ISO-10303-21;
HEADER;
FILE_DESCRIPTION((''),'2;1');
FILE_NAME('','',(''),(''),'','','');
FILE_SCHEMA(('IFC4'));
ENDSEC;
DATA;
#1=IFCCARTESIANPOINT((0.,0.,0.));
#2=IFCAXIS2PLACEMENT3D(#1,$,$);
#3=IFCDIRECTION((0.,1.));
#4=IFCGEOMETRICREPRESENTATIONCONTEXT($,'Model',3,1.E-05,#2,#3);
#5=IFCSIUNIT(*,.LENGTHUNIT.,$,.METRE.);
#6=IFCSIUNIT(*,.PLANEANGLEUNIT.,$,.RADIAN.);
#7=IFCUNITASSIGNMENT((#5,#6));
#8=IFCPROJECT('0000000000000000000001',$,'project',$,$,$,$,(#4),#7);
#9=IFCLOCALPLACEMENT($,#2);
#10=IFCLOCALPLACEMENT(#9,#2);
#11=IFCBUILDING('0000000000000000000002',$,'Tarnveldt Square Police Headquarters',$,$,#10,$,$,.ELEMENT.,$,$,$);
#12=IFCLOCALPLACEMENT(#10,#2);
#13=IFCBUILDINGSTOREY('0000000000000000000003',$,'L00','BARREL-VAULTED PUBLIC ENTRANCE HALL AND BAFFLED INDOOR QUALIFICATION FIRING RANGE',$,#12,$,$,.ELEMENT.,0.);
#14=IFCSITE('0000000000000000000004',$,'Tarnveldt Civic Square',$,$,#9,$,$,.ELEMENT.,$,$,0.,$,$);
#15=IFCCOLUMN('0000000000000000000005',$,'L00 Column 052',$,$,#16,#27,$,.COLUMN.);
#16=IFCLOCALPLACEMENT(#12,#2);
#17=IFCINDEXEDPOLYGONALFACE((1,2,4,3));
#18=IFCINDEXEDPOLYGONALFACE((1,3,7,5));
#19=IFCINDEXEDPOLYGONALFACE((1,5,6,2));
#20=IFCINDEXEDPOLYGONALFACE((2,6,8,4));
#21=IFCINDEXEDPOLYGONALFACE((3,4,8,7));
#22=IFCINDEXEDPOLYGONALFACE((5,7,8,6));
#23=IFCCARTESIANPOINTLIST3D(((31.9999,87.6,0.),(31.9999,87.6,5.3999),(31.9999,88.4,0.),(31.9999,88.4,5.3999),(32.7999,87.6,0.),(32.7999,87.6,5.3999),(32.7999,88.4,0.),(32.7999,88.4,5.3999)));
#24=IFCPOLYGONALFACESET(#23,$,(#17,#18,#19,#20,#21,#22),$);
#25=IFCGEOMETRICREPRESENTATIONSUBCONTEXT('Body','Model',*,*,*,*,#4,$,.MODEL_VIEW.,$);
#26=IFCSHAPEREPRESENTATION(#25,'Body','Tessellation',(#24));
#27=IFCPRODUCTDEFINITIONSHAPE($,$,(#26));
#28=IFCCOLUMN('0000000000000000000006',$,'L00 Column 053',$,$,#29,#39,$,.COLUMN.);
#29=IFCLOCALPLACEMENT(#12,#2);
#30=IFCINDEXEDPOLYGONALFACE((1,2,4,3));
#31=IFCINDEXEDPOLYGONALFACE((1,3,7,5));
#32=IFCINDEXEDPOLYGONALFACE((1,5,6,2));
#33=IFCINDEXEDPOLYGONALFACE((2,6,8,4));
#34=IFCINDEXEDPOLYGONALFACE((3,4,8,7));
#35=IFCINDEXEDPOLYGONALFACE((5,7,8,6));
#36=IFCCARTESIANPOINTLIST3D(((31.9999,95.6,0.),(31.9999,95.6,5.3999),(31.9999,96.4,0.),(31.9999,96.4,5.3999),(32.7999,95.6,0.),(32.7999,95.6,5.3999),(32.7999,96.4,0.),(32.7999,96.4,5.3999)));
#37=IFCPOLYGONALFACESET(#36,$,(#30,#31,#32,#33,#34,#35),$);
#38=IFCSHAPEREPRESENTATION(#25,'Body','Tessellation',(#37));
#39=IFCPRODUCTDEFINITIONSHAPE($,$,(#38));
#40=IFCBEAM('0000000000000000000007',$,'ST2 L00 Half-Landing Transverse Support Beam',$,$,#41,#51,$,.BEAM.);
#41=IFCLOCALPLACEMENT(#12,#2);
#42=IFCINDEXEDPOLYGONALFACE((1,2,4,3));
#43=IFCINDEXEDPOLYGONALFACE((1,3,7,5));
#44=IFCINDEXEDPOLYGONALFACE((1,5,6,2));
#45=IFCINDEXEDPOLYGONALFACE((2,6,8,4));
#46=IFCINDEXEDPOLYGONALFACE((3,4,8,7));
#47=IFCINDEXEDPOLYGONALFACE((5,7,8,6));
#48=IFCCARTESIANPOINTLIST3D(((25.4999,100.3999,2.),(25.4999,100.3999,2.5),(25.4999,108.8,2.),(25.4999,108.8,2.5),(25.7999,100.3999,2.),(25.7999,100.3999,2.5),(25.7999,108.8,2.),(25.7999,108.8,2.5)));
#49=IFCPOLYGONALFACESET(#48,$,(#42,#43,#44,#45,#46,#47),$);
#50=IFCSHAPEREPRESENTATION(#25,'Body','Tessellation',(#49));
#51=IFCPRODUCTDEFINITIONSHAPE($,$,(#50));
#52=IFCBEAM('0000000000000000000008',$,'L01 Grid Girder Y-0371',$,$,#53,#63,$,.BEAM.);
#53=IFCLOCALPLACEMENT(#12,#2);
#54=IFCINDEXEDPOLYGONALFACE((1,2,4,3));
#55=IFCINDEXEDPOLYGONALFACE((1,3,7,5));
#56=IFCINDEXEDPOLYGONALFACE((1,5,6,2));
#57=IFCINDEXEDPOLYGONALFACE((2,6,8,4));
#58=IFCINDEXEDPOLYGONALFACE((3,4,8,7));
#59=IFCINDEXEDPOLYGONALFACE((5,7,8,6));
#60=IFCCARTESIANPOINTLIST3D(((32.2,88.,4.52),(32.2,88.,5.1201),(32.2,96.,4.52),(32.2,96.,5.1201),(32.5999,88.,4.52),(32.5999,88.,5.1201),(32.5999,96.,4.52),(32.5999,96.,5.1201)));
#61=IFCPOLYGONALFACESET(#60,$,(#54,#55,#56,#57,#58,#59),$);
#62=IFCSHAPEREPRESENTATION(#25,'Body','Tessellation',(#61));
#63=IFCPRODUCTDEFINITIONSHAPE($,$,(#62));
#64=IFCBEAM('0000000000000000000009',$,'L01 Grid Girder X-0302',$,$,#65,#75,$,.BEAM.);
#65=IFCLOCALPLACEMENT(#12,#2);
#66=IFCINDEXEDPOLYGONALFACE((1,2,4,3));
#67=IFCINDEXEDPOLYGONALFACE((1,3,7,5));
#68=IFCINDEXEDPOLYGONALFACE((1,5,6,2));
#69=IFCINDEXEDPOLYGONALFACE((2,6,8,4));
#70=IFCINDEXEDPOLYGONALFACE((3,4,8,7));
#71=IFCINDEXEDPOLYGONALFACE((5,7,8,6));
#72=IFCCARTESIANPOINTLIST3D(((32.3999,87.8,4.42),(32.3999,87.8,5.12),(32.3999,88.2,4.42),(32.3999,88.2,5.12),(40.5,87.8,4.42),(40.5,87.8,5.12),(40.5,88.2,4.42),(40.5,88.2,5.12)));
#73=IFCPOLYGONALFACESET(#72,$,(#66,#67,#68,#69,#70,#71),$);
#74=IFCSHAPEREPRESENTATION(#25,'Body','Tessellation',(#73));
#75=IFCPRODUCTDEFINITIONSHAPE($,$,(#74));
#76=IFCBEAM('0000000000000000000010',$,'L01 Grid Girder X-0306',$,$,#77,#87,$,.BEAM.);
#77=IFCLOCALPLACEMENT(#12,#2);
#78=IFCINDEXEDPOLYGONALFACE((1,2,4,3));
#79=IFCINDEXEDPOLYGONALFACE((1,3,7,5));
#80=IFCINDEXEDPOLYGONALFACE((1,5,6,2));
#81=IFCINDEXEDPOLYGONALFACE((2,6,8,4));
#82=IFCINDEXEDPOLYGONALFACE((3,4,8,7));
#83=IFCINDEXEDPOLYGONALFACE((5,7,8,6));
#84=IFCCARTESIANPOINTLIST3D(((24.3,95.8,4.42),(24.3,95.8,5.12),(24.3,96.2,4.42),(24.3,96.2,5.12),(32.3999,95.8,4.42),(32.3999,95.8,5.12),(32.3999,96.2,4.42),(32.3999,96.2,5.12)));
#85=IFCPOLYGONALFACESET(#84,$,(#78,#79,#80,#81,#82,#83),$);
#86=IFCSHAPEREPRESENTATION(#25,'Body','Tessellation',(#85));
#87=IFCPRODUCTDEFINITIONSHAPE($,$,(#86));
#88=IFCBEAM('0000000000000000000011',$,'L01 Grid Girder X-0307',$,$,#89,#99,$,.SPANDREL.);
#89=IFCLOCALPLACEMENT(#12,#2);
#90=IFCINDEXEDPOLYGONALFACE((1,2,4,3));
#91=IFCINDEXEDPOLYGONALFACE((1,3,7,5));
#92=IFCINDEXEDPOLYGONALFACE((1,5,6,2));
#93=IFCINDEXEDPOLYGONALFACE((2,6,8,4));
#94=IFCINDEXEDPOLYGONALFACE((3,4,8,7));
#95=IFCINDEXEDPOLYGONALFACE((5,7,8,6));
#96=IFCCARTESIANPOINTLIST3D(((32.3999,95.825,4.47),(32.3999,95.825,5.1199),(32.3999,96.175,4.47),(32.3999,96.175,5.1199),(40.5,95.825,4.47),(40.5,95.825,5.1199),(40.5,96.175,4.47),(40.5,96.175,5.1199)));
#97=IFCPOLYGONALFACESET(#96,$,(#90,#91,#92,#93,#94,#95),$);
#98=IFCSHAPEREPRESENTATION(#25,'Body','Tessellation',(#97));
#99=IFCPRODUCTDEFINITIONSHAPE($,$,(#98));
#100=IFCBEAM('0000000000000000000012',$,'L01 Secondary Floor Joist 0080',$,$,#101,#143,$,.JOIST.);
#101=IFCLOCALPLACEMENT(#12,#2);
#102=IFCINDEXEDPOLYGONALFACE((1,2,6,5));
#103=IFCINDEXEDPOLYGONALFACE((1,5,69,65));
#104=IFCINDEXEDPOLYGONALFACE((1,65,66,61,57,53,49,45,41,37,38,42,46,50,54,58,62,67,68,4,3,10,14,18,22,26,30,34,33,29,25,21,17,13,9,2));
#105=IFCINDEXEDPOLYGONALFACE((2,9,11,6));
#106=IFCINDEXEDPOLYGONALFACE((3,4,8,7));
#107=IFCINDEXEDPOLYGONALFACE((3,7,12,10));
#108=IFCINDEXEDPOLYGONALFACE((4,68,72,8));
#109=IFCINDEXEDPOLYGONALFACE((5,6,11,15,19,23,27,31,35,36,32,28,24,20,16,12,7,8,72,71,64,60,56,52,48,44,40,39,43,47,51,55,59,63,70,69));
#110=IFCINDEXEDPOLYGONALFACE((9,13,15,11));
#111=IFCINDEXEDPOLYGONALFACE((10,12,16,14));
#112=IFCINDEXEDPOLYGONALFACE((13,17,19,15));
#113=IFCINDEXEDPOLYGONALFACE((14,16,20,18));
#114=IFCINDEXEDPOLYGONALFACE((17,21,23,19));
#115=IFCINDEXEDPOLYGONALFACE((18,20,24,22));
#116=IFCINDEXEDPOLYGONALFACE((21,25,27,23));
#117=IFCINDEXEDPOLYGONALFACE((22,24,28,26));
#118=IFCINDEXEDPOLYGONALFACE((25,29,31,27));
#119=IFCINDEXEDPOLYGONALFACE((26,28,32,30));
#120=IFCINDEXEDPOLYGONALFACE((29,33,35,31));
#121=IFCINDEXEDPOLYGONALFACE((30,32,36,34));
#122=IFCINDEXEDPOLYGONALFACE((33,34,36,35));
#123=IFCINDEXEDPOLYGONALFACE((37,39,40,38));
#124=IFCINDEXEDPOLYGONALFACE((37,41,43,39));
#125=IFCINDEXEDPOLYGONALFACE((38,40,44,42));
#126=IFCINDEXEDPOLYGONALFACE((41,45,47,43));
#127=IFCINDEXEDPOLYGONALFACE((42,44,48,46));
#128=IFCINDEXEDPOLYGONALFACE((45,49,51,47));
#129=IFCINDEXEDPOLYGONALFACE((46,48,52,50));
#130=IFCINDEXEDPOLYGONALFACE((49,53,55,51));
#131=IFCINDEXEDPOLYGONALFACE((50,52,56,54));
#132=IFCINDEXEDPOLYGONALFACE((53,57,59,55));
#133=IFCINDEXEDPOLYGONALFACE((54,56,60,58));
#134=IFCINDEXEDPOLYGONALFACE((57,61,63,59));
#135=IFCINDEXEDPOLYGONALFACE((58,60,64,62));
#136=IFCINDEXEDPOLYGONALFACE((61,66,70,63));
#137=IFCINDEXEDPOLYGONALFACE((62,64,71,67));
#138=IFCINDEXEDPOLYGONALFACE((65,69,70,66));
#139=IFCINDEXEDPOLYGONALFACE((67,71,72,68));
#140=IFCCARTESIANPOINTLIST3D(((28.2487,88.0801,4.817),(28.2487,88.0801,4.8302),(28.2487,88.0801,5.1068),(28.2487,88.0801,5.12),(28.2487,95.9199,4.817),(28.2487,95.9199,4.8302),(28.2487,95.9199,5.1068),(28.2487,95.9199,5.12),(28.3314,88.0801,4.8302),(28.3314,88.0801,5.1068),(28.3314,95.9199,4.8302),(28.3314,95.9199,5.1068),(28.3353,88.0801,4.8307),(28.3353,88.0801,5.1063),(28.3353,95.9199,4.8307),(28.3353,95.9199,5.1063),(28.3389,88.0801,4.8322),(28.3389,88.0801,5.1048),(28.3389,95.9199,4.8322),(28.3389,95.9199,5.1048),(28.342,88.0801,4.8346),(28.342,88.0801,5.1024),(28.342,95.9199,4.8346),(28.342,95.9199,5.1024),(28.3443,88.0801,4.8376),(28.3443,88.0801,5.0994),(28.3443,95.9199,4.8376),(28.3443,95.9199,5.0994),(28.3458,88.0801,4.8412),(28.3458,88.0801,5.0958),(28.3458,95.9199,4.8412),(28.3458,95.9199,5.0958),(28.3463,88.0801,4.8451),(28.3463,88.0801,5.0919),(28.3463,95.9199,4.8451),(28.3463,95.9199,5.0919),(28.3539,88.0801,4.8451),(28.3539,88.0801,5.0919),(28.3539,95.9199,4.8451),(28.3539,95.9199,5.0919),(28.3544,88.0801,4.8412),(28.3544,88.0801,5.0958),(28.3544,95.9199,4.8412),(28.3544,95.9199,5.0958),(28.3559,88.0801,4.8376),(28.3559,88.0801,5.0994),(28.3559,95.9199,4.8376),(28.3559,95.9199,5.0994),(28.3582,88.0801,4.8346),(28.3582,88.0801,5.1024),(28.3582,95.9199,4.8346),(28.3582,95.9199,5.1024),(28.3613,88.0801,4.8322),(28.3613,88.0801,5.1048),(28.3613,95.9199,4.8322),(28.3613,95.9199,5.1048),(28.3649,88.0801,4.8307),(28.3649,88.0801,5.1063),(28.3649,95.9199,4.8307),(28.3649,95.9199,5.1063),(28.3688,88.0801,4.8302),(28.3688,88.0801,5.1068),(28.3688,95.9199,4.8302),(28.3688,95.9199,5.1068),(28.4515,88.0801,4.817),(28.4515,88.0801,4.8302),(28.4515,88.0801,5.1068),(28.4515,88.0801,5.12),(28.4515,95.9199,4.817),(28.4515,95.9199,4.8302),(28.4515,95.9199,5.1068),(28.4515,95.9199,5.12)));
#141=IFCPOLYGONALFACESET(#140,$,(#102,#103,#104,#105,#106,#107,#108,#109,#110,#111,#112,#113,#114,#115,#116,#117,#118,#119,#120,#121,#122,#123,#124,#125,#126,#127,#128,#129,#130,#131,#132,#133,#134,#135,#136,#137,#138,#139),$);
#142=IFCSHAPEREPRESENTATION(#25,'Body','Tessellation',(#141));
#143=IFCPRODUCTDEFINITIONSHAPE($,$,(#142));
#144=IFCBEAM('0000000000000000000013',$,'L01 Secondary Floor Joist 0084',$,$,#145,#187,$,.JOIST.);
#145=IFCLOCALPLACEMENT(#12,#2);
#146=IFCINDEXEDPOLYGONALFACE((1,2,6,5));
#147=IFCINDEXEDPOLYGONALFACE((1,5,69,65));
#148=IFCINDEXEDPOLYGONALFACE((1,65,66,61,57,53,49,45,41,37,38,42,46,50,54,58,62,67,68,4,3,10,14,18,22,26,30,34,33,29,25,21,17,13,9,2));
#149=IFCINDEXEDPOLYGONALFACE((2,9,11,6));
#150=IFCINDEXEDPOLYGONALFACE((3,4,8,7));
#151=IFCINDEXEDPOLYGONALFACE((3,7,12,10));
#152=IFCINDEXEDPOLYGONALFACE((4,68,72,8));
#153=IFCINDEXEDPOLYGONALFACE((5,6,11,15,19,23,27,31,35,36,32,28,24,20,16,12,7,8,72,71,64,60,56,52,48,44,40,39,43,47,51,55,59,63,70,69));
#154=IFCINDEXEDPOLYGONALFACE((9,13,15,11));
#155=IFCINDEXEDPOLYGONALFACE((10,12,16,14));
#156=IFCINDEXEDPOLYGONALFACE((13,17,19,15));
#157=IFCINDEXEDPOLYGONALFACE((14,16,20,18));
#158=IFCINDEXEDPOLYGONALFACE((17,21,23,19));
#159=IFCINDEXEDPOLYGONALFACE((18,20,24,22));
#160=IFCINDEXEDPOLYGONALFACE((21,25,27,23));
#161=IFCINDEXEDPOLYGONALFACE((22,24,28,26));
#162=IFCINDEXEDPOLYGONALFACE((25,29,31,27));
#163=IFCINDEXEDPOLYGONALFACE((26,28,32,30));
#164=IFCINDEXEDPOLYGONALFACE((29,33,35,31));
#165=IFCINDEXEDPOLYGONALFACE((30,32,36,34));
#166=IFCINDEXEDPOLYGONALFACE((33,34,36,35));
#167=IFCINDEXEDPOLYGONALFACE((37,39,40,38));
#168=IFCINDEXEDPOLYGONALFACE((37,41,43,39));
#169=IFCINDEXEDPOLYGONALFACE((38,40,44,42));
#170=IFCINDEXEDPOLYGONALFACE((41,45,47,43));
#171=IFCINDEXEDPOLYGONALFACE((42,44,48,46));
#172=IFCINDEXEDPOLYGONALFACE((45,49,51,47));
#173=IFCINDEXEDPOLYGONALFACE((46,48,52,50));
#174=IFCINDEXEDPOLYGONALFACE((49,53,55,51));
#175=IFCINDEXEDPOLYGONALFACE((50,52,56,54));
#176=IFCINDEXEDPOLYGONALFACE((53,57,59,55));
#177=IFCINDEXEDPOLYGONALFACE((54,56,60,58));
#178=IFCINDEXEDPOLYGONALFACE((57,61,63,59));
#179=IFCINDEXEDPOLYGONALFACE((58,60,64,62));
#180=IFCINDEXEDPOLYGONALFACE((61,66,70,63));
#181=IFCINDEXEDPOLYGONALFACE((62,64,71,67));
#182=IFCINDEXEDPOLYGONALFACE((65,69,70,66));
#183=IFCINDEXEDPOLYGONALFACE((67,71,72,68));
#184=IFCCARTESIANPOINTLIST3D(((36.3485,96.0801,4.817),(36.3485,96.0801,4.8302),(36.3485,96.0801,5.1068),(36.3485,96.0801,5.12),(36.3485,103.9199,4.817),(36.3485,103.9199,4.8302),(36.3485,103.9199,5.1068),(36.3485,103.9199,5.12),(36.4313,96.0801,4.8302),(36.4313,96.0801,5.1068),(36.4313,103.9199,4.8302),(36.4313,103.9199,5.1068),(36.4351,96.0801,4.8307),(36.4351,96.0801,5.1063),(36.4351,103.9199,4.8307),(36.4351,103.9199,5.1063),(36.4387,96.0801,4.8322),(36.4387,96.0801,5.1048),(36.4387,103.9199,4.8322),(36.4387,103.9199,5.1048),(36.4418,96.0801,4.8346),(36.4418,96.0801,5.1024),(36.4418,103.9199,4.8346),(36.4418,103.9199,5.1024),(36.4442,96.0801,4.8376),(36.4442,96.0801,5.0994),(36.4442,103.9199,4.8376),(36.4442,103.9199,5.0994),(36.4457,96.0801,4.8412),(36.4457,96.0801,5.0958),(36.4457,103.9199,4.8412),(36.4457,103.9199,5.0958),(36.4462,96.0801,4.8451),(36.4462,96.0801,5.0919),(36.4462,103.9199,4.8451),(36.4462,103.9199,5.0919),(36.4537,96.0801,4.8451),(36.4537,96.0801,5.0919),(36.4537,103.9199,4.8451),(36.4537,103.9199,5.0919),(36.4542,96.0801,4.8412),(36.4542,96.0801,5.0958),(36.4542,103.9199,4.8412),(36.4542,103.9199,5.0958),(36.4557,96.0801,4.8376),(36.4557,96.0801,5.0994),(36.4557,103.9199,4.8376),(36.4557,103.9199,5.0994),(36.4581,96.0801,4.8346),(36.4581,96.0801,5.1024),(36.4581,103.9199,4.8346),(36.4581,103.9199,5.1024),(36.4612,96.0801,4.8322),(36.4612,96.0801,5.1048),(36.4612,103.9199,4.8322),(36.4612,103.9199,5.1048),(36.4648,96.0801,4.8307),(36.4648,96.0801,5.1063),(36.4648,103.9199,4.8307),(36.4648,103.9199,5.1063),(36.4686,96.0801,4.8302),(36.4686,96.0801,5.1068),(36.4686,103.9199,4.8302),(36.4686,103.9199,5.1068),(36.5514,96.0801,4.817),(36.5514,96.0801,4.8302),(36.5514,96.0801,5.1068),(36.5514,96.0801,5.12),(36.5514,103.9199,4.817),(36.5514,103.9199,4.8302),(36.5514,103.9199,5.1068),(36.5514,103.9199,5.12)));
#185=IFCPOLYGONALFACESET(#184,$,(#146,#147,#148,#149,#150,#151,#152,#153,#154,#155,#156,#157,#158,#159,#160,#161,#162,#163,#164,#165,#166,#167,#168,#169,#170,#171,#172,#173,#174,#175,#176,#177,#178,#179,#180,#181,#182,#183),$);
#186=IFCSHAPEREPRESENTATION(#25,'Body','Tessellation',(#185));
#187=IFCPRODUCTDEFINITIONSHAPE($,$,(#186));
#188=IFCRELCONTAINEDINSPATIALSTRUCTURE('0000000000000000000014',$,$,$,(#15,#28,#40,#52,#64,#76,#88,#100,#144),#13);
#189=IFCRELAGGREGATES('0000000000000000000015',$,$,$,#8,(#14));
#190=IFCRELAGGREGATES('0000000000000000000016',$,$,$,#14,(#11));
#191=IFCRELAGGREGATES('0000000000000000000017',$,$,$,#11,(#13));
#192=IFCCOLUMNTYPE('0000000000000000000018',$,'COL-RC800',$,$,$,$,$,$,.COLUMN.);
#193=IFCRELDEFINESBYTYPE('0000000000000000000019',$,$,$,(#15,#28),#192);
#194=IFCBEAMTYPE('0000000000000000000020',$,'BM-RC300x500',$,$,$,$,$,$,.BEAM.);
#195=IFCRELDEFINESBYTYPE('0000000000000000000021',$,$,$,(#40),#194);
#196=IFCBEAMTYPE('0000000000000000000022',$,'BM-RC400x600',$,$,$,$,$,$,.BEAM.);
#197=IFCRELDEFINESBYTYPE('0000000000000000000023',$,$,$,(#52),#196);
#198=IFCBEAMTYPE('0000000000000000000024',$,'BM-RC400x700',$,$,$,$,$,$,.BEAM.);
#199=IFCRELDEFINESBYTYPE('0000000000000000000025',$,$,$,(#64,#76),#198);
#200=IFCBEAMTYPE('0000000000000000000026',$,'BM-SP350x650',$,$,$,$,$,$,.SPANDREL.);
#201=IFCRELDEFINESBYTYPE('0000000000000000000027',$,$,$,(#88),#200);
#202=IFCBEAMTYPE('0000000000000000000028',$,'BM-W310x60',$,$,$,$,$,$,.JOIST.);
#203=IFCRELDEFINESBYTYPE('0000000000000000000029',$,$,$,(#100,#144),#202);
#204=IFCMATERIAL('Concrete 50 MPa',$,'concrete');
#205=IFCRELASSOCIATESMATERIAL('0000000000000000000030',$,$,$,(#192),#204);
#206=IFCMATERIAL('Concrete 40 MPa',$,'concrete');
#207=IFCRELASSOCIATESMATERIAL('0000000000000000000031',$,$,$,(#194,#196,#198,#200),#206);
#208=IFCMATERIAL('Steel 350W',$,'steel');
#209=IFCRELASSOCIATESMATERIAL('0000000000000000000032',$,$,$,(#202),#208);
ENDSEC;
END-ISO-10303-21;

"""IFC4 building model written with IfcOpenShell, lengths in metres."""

from ifc_helpers import new_model, si_unit, direction, frame, origin, origin_2d, place, context, subcontext, project, spatial, rectangle, i_section, extrude, material, material_profile, profile_set, type_object, element, save


model = new_model("IFC4")

# Units and contexts
model_context = context("Model", 3, precision=1e-05, world=origin(), true_north=direction((0.0, 1.0)))
body_context = subcontext(model_context, "Body", "Model", "MODEL_VIEW")
ifc_project = project(units=[si_unit("LENGTHUNIT", "METRE"), si_unit("PLANEANGLEUNIT", "RADIAN")], contexts=[model_context])

# Site, building, storey
site_placement = place(None, origin())
site = spatial("IfcSite", under=ifc_project, at=site_placement, Name="Tarnveldt Civic Square", CompositionType="ELEMENT", RefElevation=0.0)
building_placement = place(site_placement, origin())
building = spatial("IfcBuilding", under=site, at=building_placement, Name="Tarnveldt Square Police Headquarters", CompositionType="ELEMENT")
storey_placement = place(building_placement, origin())
storey = spatial("IfcBuildingStorey", under=building, at=storey_placement, Name="L00", Description="BARREL-VAULTED PUBLIC ENTRANCE HALL AND BAFFLED INDOOR QUALIFICATION FIRING RANGE", CompositionType="ELEMENT", Elevation=0.0)

# Columns
ifc_material_1 = material(Name="Concrete 50 MPa", Category="concrete")
ifc_material_profile_1 = material_profile(ifc_material_1, rectangle(XDim=0.8, YDim=0.8, at=origin_2d()), Name="RC-C800x800")
ifc_profile_set_1 = profile_set([ifc_material_profile_1], Name="Concrete 50 MPa")
column_type = type_object("IfcColumnType", Name="COL-RC800", PredefinedType="COLUMN", material=ifc_profile_set_1)
for number, where, z_axis, x_axis, name in (
    (1, (32.3999, 88.0, 0.0), (0.0, 0.0, 1.0), (1.0, 0.0, 0.0), "L00 Column 052"),
    (2, (32.3999, 96.0, 0.0), (0.0, 0.0, 1.0), (1.0, 0.0, 0.0), "L00 Column 053"),
):
    element("IfcColumn", number, at=place(storey_placement, frame(where, z_axis=z_axis, x_axis=x_axis)), inside=storey, type_object=column_type, Name=name, PredefinedType="COLUMN", context=body_context, shape_type="SweptSolid", body=[
        extrude(rectangle(XDim=0.8, YDim=0.8, at=origin_2d()), origin(), (0.0, 0.0, 1.0), 5.3999),
    ])

# Beams
ifc_material_2 = material(Name="Concrete 40 MPa", Category="concrete")
ifc_material_profile_2 = material_profile(ifc_material_2, rectangle(XDim=0.3, YDim=0.5, at=origin_2d()), Name="RC-B300x500")
ifc_profile_set_2 = profile_set([ifc_material_profile_2], Name="Concrete 40 MPa")
beam_type_1 = type_object("IfcBeamType", Name="BM-RC300x500", PredefinedType="BEAM", material=ifc_profile_set_2)
beam_1_placement = place(storey_placement, frame((25.6499, 100.3999, 2.25), z_axis=(0.0, 1.0, 0.0), x_axis=(-1.0, 0.0, 0.0)))
element("IfcBeam", 3, at=beam_1_placement, inside=storey, type_object=beam_type_1, Name="ST2 L00 Half-Landing Transverse Support Beam", PredefinedType="BEAM", context=body_context, shape_type="SweptSolid", body=[
    extrude(rectangle(XDim=0.3, YDim=0.5, at=origin_2d()), origin(), (0.0, 0.0, 1.0), 8.4001),
])
ifc_material_profile_3 = material_profile(ifc_material_2, rectangle(XDim=0.3999, YDim=0.6001, at=origin_2d()), Name="RC-B400x600")
ifc_profile_set_3 = profile_set([ifc_material_profile_3], Name="Concrete 40 MPa")
beam_type_2 = type_object("IfcBeamType", Name="BM-RC400x600", PredefinedType="BEAM", material=ifc_profile_set_3)
beam_2_placement = place(storey_placement, frame((32.3999, 88.0, 4.8201), z_axis=(0.0, 1.0, 0.0), x_axis=(-1.0, 0.0, 0.0)))
element("IfcBeam", 4, at=beam_2_placement, inside=storey, type_object=beam_type_2, Name="L01 Grid Girder Y-0371", PredefinedType="BEAM", context=body_context, shape_type="SweptSolid", body=[
    extrude(rectangle(XDim=0.3999, YDim=0.6001, at=origin_2d()), origin(), (0.0, 0.0, 1.0), 8.0),
])
ifc_material_profile_4 = material_profile(ifc_material_2, rectangle(XDim=0.3999, YDim=0.7, at=origin_2d()), Name="RC-B400x700")
ifc_profile_set_4 = profile_set([ifc_material_profile_4], Name="Concrete 40 MPa")
beam_type_3 = type_object("IfcBeamType", Name="BM-RC400x700", PredefinedType="BEAM", material=ifc_profile_set_4)
beam_3_placement = place(storey_placement, frame((32.3999, 88.0, 4.77), z_axis=(1.0, 0.0, 0.0), x_axis=(0.0, 1.0, 0.0)))
element("IfcBeam", 5, at=beam_3_placement, inside=storey, type_object=beam_type_3, Name="L01 Grid Girder X-0302", PredefinedType="BEAM", context=body_context, shape_type="SweptSolid", body=[
    extrude(rectangle(XDim=0.3999, YDim=0.7, at=origin_2d()), origin(), (0.0, 0.0, 1.0), 8.1001),
])
beam_4_placement = place(storey_placement, frame((24.3, 96.0, 4.77), z_axis=(1.0, 0.0, 0.0), x_axis=(0.0, 1.0, 0.0)))
element("IfcBeam", 6, at=beam_4_placement, inside=storey, type_object=beam_type_3, Name="L01 Grid Girder X-0306", PredefinedType="BEAM", context=body_context, shape_type="SweptSolid", body=[
    extrude(rectangle(XDim=0.3999, YDim=0.7, at=origin_2d()), origin(), (0.0, 0.0, 1.0), 8.0999),
])
ifc_material_profile_5 = material_profile(ifc_material_2, rectangle(XDim=0.3501, YDim=0.6499, at=origin_2d()), Name="RC-SP350x650")
ifc_profile_set_5 = profile_set([ifc_material_profile_5], Name="Concrete 40 MPa")
beam_type_4 = type_object("IfcBeamType", Name="BM-SP350x650", PredefinedType="SPANDREL", material=ifc_profile_set_5)
beam_5_placement = place(storey_placement, frame((32.3999, 96.0, 4.7949), z_axis=(1.0, 0.0, 0.0), x_axis=(0.0, 1.0, 0.0)))
element("IfcBeam", 7, at=beam_5_placement, inside=storey, type_object=beam_type_4, Name="L01 Grid Girder X-0307", PredefinedType="SPANDREL", context=body_context, shape_type="SweptSolid", body=[
    extrude(rectangle(XDim=0.3501, YDim=0.6499, at=origin_2d()), origin(), (0.0, 0.0, 1.0), 8.1001),
])
ifc_material_3 = material(Name="Steel 350W", Category="steel")
ifc_material_profile_6 = material_profile(ifc_material_3, i_section(OverallWidth=0.2029, OverallDepth=0.303, WebThickness=0.0076, FlangeThickness=0.0132, FilletRadius=0.0149, at=origin_2d()), Name="W310x60")
ifc_profile_set_6 = profile_set([ifc_material_profile_6], Name="Steel 350W")
beam_type_5 = type_object("IfcBeamType", Name="BM-W310x60", PredefinedType="JOIST", material=ifc_profile_set_6)
for number, where, z_axis, x_axis, name in (
    (8, (28.3501, 88.0801, 4.9685), (0.0, 1.0, 0.0), (-1.0, 0.0, 0.0), "L01 Secondary Floor Joist 0080"),
    (9, (36.45, 96.0801, 4.9685), (0.0, 1.0, 0.0), (-1.0, 0.0, 0.0), "L01 Secondary Floor Joist 0084"),
):
    element("IfcBeam", number, at=place(storey_placement, frame(where, z_axis=z_axis, x_axis=x_axis)), inside=storey, type_object=beam_type_5, Name=name, PredefinedType="JOIST", context=body_context, shape_type="SweptSolid", body=[
        extrude(i_section(OverallWidth=0.2029, OverallDepth=0.303, WebThickness=0.0076, FlangeThickness=0.0132, FilletRadius=0.0149, at=origin_2d()), origin(), (0.0, 0.0, 1.0), 7.8398),
    ])

save(model, "model.ifc")
